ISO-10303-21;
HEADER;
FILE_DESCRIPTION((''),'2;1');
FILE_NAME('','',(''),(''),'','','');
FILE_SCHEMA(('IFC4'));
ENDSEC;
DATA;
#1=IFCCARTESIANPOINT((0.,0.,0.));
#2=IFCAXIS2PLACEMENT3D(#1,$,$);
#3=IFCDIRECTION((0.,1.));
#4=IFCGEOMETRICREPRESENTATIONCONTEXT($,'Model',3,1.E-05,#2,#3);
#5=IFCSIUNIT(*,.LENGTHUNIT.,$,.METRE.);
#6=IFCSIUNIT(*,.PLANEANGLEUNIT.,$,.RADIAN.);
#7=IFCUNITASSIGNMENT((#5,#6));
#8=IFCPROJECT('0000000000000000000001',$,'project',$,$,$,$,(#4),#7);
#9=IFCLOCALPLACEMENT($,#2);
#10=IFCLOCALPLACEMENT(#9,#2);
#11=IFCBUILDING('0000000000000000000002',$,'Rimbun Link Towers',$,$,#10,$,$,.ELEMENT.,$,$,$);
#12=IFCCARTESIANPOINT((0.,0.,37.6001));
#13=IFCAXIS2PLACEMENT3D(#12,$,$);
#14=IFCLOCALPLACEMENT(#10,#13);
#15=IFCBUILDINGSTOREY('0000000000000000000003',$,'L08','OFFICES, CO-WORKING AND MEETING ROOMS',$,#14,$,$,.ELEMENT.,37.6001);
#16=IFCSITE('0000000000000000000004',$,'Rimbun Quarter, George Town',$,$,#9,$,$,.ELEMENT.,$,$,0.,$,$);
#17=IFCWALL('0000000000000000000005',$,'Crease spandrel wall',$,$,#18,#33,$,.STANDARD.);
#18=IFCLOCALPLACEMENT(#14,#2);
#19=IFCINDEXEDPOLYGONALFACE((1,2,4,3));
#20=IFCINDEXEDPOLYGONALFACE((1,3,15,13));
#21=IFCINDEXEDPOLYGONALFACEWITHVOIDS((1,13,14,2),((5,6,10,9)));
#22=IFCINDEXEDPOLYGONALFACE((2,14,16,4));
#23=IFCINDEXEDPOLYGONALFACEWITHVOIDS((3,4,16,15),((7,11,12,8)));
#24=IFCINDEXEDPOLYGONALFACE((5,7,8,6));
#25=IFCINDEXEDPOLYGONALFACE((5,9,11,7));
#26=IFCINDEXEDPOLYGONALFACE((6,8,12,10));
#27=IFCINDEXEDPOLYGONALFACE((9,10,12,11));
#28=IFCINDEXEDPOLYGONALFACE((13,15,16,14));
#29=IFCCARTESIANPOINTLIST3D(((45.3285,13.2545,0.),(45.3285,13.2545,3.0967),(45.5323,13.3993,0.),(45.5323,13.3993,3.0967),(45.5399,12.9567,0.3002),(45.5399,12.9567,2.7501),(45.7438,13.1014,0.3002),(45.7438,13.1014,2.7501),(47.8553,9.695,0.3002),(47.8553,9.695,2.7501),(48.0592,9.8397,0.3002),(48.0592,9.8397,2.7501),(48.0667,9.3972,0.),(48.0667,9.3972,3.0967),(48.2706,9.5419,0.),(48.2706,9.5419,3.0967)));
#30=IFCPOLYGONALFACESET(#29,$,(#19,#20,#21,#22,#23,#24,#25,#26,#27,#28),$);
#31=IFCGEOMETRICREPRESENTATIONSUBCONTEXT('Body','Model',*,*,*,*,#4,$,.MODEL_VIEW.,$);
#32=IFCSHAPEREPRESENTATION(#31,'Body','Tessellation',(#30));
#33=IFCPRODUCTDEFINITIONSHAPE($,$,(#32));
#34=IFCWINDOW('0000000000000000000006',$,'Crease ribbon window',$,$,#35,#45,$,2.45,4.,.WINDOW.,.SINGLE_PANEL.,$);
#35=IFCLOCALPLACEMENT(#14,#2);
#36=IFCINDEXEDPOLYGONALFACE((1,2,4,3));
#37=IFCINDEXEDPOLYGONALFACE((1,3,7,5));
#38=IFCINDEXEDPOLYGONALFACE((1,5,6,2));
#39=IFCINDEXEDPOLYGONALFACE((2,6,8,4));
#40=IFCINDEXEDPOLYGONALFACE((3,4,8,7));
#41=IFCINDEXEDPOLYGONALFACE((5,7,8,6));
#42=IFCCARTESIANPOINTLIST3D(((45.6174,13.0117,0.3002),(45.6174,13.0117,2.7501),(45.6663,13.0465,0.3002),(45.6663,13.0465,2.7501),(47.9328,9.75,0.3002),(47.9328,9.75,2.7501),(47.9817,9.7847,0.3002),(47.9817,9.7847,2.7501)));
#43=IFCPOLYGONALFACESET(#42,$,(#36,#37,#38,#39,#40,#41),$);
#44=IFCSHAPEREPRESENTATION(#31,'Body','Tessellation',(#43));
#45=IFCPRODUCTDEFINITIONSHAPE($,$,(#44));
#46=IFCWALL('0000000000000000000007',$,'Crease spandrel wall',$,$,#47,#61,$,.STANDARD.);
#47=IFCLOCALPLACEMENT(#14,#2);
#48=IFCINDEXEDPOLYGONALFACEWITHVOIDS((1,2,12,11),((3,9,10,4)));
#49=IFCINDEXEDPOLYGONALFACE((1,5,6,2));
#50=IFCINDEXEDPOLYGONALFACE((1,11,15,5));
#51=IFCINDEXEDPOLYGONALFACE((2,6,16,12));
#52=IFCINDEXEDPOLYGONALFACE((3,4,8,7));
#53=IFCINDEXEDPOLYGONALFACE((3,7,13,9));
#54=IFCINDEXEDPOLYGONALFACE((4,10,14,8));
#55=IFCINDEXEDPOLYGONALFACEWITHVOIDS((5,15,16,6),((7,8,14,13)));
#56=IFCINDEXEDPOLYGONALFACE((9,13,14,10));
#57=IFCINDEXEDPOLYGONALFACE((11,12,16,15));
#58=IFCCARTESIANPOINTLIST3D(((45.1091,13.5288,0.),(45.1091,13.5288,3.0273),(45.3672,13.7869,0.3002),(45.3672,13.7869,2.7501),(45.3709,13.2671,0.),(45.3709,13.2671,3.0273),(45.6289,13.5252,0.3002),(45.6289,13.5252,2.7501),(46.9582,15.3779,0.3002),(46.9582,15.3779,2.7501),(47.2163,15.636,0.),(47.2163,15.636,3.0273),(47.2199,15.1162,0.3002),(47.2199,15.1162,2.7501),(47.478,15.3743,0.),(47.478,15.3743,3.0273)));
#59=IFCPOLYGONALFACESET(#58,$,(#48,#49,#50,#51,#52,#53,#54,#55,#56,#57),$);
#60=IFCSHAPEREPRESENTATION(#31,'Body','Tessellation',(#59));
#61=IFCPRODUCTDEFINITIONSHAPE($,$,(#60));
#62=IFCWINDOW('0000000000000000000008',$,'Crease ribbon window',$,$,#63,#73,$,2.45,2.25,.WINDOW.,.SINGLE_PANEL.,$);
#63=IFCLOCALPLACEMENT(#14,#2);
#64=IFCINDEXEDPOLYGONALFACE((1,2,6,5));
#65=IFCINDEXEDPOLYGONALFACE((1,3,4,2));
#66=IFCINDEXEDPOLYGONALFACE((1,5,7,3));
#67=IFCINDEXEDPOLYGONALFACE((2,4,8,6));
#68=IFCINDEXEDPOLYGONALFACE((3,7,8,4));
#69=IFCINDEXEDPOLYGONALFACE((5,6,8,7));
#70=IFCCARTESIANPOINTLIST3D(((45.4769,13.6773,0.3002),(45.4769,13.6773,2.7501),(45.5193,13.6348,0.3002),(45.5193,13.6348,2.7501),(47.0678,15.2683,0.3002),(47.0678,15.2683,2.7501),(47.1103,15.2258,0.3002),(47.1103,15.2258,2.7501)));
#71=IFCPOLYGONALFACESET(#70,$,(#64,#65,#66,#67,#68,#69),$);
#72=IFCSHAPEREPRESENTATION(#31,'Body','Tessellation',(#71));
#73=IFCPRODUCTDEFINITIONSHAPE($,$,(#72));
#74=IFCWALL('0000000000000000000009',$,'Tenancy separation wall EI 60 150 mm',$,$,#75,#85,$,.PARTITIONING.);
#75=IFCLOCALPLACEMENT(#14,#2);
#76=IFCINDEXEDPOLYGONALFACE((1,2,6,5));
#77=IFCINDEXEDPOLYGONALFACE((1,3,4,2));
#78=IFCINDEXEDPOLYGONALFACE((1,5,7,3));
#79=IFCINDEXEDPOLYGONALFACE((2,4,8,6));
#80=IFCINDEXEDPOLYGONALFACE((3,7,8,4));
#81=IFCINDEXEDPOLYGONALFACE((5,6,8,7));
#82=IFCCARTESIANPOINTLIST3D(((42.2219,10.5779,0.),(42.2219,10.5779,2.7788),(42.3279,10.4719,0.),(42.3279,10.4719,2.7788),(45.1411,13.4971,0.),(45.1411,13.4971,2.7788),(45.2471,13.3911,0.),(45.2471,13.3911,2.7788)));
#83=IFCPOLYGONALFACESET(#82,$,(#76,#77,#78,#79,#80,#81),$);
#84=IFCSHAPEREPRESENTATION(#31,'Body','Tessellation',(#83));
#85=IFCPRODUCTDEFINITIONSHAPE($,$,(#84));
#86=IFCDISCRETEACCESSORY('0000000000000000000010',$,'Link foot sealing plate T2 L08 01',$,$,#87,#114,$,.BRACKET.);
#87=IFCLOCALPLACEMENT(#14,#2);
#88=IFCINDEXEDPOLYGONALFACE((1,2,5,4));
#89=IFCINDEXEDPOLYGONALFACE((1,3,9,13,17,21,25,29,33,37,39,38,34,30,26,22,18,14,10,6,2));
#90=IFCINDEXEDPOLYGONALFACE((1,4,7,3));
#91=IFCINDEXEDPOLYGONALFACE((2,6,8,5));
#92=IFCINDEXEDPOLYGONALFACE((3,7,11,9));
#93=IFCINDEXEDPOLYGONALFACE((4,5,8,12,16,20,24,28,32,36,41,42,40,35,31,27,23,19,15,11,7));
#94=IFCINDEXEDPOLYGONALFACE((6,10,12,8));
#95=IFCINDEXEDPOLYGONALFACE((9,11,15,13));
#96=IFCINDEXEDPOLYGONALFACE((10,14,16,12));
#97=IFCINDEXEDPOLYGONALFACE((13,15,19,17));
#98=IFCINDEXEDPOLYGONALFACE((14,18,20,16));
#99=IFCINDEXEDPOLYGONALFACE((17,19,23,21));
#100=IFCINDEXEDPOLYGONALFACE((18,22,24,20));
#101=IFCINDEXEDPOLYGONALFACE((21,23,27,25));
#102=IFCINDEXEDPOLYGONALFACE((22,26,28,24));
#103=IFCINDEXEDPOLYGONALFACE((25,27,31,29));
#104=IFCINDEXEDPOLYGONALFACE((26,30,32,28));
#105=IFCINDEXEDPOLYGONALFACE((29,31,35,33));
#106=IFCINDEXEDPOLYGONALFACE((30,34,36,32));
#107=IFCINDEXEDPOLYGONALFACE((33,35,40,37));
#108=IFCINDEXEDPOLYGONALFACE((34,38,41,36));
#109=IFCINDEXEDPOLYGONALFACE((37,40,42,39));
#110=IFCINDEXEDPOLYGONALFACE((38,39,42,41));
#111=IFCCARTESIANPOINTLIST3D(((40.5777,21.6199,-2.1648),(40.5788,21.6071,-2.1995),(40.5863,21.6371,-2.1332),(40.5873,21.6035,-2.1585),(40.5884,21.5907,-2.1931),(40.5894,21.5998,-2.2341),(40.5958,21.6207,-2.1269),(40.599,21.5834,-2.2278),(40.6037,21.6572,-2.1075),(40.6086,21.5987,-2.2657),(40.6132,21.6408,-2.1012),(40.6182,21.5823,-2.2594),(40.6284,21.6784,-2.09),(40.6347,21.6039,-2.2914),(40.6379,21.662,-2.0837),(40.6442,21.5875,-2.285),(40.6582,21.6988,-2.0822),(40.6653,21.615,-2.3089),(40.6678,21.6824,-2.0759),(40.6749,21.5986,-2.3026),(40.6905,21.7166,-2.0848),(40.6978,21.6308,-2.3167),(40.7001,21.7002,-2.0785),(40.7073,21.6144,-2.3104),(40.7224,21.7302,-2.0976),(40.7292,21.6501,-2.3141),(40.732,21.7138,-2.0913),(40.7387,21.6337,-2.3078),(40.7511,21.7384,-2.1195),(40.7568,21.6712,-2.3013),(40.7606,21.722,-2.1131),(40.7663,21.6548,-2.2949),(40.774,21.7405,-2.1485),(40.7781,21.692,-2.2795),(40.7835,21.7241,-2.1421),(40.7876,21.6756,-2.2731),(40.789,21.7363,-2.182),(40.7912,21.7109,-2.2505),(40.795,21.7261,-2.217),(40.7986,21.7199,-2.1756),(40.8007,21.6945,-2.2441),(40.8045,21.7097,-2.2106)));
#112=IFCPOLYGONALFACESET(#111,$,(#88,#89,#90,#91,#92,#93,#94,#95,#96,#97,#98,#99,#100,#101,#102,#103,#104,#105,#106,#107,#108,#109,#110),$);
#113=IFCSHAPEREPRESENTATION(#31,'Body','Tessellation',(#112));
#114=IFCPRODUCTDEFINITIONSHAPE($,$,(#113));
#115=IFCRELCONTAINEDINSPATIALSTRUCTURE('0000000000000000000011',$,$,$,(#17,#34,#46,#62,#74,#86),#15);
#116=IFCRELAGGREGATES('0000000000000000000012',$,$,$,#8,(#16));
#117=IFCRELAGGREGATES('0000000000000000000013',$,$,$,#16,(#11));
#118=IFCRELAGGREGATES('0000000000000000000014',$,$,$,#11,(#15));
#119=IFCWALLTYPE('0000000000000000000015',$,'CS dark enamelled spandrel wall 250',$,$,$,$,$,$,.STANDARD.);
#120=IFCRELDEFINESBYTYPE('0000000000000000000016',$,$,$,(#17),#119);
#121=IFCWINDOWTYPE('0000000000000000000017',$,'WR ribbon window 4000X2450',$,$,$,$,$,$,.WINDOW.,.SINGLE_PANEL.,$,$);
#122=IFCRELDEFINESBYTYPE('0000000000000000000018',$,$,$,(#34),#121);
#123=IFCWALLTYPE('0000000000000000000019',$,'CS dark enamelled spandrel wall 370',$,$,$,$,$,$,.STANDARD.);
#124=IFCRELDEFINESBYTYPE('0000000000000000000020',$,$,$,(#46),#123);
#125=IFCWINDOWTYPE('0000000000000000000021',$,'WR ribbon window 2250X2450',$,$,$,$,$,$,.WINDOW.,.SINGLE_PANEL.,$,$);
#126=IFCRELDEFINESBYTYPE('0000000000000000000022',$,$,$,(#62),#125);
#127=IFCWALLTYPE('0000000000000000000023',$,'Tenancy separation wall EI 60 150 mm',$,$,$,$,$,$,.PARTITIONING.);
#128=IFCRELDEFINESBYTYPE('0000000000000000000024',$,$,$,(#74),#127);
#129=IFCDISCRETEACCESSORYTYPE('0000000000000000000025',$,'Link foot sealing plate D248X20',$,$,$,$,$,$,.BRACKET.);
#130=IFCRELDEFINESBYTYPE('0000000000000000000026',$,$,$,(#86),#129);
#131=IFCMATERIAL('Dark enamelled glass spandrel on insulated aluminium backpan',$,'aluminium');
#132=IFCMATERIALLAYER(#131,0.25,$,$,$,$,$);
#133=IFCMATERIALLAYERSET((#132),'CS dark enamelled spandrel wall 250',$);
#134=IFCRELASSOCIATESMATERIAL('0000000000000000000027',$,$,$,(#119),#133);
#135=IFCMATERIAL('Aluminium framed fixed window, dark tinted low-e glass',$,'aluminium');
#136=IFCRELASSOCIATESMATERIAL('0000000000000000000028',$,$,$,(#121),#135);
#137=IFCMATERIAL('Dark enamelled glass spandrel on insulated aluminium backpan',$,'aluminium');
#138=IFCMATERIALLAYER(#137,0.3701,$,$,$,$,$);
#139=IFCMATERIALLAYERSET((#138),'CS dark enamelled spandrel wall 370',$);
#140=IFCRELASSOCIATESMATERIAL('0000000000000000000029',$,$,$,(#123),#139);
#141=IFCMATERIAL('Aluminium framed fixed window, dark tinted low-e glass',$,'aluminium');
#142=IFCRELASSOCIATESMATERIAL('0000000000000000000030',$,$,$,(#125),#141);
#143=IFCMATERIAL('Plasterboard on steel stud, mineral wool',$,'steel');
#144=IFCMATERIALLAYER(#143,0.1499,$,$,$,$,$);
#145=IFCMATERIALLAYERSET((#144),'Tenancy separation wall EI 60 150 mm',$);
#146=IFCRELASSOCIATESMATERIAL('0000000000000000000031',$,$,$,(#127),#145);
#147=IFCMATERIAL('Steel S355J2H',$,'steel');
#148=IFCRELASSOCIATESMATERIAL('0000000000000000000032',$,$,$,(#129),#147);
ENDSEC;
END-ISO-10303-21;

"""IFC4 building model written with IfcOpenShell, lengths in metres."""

from ifc_helpers import new_model, si_unit, direction, frame, frame_2d, origin, origin_2d, place, context, subcontext, project, spatial, rectangle, circle, extrude, material, layer, layer_set, material_profile, profile_set, type_object, element, fill, save


model = new_model("IFC4")

# Units and contexts
model_context = context("Model", 3, precision=1e-05, world=origin(), true_north=direction((0.0, 1.0)))
body_context = subcontext(model_context, "Body", "Model", "MODEL_VIEW")
ifc_project = project(units=[si_unit("LENGTHUNIT", "METRE"), si_unit("PLANEANGLEUNIT", "RADIAN")], contexts=[model_context])

# Site, building, storey
site_placement = place(None, origin())
site = spatial("IfcSite", under=ifc_project, at=site_placement, Name="Rimbun Quarter, George Town", CompositionType="ELEMENT", RefElevation=0.0)
building_placement = place(site_placement, origin())
building = spatial("IfcBuilding", under=site, at=building_placement, Name="Rimbun Link Towers", CompositionType="ELEMENT")
storey_placement = place(building_placement, frame((0.0, 0.0, 37.6001)))
storey = spatial("IfcBuildingStorey", under=building, at=storey_placement, Name="L08", Description="OFFICES, CO-WORKING AND MEETING ROOMS", CompositionType="ELEMENT", Elevation=37.6001)

# Walls, openings, windows
ifc_material_1 = material(Name="Dark enamelled glass spandrel on insulated aluminium backpan", Category="aluminium")
ifc_layer_1 = layer(ifc_material_1, 0.25)
ifc_layer_set_1 = layer_set([ifc_layer_1], Name="CS dark enamelled spandrel wall 250")
wall_type_1 = type_object("IfcWallType", Name="CS dark enamelled spandrel wall 250", PredefinedType="STANDARD", material=ifc_layer_set_1)
wall_1_placement = place(storey_placement, frame((45.4304, 13.3269, 0.0), z_axis=(0.0, 0.0, 1.0), x_axis=(0.578853, -0.815432, 0.0)))
wall_1 = element("IfcWall", 1, at=wall_1_placement, inside=storey, type_object=wall_type_1, Name="Crease spandrel wall", PredefinedType="STANDARD", context=body_context, shape_type="SweptSolid", body=[
    extrude(rectangle(XDim=4.7305, YDim=0.25, at=frame_2d((2.3652, 0.0))), origin(), (0.0, 0.0, 1.0), 3.0967),
])
opening_1_placement = place(wall_1_placement, frame((0.3652, 0.0, 0.3)))
opening_1 = element("IfcOpeningElement", 2, at=opening_1_placement, cuts=wall_1, PredefinedType="OPENING", context=body_context, shape_type="SweptSolid", body=[
    extrude(rectangle(XDim=4.0, YDim=2.45, at=frame_2d((2.0, 1.2251))), frame((0.0, 0.135, 0.0), z_axis=(0.0, -1.0, 0.0), x_axis=(1.0, 0.0, 0.0)), (0.0, 0.0, 1.0), 0.27),
])
ifc_material_2 = material(Name="Aluminium framed fixed window, dark tinted low-e glass", Category="aluminium")
window_type_1 = type_object("IfcWindowType", Name="WR ribbon window 4000X2450", PartitioningType="SINGLE_PANEL", PredefinedType="WINDOW", material=ifc_material_2)
window_1_placement = place(opening_1_placement, origin())
window_1 = element("IfcWindow", 3, at=window_1_placement, inside=storey, type_object=window_type_1, Name="Crease ribbon window", OverallHeight=2.45, OverallWidth=4.0, PartitioningType="SINGLE_PANEL", PredefinedType="WINDOW", context=body_context, shape_type="SweptSolid", body=[
    extrude(rectangle(XDim=4.0, YDim=2.45, at=frame_2d((2.0, 1.2251))), frame((0.0, 0.03, 0.0), z_axis=(0.0, -1.0, 0.0), x_axis=(1.0, 0.0, 0.0)), (0.0, 0.0, 1.0), 0.0601),
])
fill(opening_1, window_1)
ifc_material_3 = material(Name="Dark enamelled glass spandrel on insulated aluminium backpan", Category="aluminium")
ifc_layer_2 = layer(ifc_material_3, 0.3701)
ifc_layer_set_2 = layer_set([ifc_layer_2], Name="CS dark enamelled spandrel wall 370")
wall_type_2 = type_object("IfcWallType", Name="CS dark enamelled spandrel wall 370", PredefinedType="STANDARD", material=ifc_layer_set_2)
wall_2_placement = place(storey_placement, frame((47.3472, 15.5051, 0.0), z_axis=(0.0, 0.0, 1.0), x_axis=(-0.707107, -0.707107, 0.0)))
wall_2 = element("IfcWall", 4, at=wall_2_placement, inside=storey, type_object=wall_type_2, Name="Crease spandrel wall", PredefinedType="STANDARD", context=body_context, shape_type="SweptSolid", body=[
    extrude(rectangle(XDim=2.98, YDim=0.3701, at=frame_2d((1.49, 0.0))), origin(), (0.0, 0.0, 1.0), 3.0273),
])
opening_2_placement = place(wall_2_placement, frame((0.365, 0.0, 0.3)))
opening_2 = element("IfcOpeningElement", 5, at=opening_2_placement, cuts=wall_2, PredefinedType="OPENING", context=body_context, shape_type="SweptSolid", body=[
    extrude(rectangle(XDim=2.25, YDim=2.45, at=frame_2d((1.125, 1.2251))), frame((0.0, 0.1951, 0.0), z_axis=(0.0, -1.0, 0.0), x_axis=(1.0, 0.0, 0.0)), (0.0, 0.0, 1.0), 0.3901),
])
ifc_material_4 = material(Name="Aluminium framed fixed window, dark tinted low-e glass", Category="aluminium")
window_type_2 = type_object("IfcWindowType", Name="WR ribbon window 2250X2450", PartitioningType="SINGLE_PANEL", PredefinedType="WINDOW", material=ifc_material_4)
window_2_placement = place(opening_2_placement, origin())
window_2 = element("IfcWindow", 6, at=window_2_placement, inside=storey, type_object=window_type_2, Name="Crease ribbon window", OverallHeight=2.45, OverallWidth=2.25, PartitioningType="SINGLE_PANEL", PredefinedType="WINDOW", context=body_context, shape_type="SweptSolid", body=[
    extrude(rectangle(XDim=2.25, YDim=2.45, at=frame_2d((1.125, 1.2251))), frame((0.0, 0.03, 0.0), z_axis=(0.0, -1.0, 0.0), x_axis=(1.0, 0.0, 0.0)), (0.0, 0.0, 1.0), 0.0601),
])
fill(opening_2, window_2)

# Wall
ifc_material_5 = material(Name="Plasterboard on steel stud, mineral wool", Category="steel")
ifc_layer_3 = layer(ifc_material_5, 0.1499)
ifc_layer_set_3 = layer_set([ifc_layer_3], Name="Tenancy separation wall EI 60 150 mm")
wall_type_3 = type_object("IfcWallType", Name="Tenancy separation wall EI 60 150 mm", PredefinedType="PARTITIONING", material=ifc_layer_set_3)
wall_3_placement = place(storey_placement, frame((42.2749, 10.5249, 0.0), z_axis=(0.0, 0.0, 1.0), x_axis=(0.707107, 0.707107, 0.0)))
element("IfcWall", 7, at=wall_3_placement, inside=storey, type_object=wall_type_3, Name="Tenancy separation wall EI 60 150 mm", PredefinedType="PARTITIONING", context=body_context, shape_type="SweptSolid", body=[
    extrude(rectangle(XDim=4.1284, YDim=0.1499, at=frame_2d((2.0642, 0.0))), origin(), (0.0, 0.0, 1.0), 2.7788),
])

# Discrete accessory
ifc_material_6 = material(Name="Steel S355J2H", Category="steel")
ifc_material_profile_1 = material_profile(ifc_material_6, circle(Radius=0.124, at=origin_2d()), Name="PL D248")
ifc_profile_set_1 = profile_set([ifc_material_profile_1], Name="Steel S355J2H")
discrete_accessory_type = type_object("IfcDiscreteAccessoryType", Name="Link foot sealing plate D248X20", PredefinedType="BRACKET", material=ifc_profile_set_1)
discrete_accessory_placement = place(storey_placement, frame((40.6956, 21.6531, -2.1931), z_axis=(-0.476959, 0.819392, -0.317973), x_axis=(-0.864246, -0.503069, 0.0)))
element("IfcDiscreteAccessory", 8, at=discrete_accessory_placement, inside=storey, type_object=discrete_accessory_type, Name="Link foot sealing plate T2 L08 01", PredefinedType="BRACKET", context=body_context, shape_type="SweptSolid", body=[
    extrude(circle(Radius=0.124, at=origin_2d()), origin(), (0.0, 0.0, 1.0), 0.02),
])

save(model, "model.ifc")
